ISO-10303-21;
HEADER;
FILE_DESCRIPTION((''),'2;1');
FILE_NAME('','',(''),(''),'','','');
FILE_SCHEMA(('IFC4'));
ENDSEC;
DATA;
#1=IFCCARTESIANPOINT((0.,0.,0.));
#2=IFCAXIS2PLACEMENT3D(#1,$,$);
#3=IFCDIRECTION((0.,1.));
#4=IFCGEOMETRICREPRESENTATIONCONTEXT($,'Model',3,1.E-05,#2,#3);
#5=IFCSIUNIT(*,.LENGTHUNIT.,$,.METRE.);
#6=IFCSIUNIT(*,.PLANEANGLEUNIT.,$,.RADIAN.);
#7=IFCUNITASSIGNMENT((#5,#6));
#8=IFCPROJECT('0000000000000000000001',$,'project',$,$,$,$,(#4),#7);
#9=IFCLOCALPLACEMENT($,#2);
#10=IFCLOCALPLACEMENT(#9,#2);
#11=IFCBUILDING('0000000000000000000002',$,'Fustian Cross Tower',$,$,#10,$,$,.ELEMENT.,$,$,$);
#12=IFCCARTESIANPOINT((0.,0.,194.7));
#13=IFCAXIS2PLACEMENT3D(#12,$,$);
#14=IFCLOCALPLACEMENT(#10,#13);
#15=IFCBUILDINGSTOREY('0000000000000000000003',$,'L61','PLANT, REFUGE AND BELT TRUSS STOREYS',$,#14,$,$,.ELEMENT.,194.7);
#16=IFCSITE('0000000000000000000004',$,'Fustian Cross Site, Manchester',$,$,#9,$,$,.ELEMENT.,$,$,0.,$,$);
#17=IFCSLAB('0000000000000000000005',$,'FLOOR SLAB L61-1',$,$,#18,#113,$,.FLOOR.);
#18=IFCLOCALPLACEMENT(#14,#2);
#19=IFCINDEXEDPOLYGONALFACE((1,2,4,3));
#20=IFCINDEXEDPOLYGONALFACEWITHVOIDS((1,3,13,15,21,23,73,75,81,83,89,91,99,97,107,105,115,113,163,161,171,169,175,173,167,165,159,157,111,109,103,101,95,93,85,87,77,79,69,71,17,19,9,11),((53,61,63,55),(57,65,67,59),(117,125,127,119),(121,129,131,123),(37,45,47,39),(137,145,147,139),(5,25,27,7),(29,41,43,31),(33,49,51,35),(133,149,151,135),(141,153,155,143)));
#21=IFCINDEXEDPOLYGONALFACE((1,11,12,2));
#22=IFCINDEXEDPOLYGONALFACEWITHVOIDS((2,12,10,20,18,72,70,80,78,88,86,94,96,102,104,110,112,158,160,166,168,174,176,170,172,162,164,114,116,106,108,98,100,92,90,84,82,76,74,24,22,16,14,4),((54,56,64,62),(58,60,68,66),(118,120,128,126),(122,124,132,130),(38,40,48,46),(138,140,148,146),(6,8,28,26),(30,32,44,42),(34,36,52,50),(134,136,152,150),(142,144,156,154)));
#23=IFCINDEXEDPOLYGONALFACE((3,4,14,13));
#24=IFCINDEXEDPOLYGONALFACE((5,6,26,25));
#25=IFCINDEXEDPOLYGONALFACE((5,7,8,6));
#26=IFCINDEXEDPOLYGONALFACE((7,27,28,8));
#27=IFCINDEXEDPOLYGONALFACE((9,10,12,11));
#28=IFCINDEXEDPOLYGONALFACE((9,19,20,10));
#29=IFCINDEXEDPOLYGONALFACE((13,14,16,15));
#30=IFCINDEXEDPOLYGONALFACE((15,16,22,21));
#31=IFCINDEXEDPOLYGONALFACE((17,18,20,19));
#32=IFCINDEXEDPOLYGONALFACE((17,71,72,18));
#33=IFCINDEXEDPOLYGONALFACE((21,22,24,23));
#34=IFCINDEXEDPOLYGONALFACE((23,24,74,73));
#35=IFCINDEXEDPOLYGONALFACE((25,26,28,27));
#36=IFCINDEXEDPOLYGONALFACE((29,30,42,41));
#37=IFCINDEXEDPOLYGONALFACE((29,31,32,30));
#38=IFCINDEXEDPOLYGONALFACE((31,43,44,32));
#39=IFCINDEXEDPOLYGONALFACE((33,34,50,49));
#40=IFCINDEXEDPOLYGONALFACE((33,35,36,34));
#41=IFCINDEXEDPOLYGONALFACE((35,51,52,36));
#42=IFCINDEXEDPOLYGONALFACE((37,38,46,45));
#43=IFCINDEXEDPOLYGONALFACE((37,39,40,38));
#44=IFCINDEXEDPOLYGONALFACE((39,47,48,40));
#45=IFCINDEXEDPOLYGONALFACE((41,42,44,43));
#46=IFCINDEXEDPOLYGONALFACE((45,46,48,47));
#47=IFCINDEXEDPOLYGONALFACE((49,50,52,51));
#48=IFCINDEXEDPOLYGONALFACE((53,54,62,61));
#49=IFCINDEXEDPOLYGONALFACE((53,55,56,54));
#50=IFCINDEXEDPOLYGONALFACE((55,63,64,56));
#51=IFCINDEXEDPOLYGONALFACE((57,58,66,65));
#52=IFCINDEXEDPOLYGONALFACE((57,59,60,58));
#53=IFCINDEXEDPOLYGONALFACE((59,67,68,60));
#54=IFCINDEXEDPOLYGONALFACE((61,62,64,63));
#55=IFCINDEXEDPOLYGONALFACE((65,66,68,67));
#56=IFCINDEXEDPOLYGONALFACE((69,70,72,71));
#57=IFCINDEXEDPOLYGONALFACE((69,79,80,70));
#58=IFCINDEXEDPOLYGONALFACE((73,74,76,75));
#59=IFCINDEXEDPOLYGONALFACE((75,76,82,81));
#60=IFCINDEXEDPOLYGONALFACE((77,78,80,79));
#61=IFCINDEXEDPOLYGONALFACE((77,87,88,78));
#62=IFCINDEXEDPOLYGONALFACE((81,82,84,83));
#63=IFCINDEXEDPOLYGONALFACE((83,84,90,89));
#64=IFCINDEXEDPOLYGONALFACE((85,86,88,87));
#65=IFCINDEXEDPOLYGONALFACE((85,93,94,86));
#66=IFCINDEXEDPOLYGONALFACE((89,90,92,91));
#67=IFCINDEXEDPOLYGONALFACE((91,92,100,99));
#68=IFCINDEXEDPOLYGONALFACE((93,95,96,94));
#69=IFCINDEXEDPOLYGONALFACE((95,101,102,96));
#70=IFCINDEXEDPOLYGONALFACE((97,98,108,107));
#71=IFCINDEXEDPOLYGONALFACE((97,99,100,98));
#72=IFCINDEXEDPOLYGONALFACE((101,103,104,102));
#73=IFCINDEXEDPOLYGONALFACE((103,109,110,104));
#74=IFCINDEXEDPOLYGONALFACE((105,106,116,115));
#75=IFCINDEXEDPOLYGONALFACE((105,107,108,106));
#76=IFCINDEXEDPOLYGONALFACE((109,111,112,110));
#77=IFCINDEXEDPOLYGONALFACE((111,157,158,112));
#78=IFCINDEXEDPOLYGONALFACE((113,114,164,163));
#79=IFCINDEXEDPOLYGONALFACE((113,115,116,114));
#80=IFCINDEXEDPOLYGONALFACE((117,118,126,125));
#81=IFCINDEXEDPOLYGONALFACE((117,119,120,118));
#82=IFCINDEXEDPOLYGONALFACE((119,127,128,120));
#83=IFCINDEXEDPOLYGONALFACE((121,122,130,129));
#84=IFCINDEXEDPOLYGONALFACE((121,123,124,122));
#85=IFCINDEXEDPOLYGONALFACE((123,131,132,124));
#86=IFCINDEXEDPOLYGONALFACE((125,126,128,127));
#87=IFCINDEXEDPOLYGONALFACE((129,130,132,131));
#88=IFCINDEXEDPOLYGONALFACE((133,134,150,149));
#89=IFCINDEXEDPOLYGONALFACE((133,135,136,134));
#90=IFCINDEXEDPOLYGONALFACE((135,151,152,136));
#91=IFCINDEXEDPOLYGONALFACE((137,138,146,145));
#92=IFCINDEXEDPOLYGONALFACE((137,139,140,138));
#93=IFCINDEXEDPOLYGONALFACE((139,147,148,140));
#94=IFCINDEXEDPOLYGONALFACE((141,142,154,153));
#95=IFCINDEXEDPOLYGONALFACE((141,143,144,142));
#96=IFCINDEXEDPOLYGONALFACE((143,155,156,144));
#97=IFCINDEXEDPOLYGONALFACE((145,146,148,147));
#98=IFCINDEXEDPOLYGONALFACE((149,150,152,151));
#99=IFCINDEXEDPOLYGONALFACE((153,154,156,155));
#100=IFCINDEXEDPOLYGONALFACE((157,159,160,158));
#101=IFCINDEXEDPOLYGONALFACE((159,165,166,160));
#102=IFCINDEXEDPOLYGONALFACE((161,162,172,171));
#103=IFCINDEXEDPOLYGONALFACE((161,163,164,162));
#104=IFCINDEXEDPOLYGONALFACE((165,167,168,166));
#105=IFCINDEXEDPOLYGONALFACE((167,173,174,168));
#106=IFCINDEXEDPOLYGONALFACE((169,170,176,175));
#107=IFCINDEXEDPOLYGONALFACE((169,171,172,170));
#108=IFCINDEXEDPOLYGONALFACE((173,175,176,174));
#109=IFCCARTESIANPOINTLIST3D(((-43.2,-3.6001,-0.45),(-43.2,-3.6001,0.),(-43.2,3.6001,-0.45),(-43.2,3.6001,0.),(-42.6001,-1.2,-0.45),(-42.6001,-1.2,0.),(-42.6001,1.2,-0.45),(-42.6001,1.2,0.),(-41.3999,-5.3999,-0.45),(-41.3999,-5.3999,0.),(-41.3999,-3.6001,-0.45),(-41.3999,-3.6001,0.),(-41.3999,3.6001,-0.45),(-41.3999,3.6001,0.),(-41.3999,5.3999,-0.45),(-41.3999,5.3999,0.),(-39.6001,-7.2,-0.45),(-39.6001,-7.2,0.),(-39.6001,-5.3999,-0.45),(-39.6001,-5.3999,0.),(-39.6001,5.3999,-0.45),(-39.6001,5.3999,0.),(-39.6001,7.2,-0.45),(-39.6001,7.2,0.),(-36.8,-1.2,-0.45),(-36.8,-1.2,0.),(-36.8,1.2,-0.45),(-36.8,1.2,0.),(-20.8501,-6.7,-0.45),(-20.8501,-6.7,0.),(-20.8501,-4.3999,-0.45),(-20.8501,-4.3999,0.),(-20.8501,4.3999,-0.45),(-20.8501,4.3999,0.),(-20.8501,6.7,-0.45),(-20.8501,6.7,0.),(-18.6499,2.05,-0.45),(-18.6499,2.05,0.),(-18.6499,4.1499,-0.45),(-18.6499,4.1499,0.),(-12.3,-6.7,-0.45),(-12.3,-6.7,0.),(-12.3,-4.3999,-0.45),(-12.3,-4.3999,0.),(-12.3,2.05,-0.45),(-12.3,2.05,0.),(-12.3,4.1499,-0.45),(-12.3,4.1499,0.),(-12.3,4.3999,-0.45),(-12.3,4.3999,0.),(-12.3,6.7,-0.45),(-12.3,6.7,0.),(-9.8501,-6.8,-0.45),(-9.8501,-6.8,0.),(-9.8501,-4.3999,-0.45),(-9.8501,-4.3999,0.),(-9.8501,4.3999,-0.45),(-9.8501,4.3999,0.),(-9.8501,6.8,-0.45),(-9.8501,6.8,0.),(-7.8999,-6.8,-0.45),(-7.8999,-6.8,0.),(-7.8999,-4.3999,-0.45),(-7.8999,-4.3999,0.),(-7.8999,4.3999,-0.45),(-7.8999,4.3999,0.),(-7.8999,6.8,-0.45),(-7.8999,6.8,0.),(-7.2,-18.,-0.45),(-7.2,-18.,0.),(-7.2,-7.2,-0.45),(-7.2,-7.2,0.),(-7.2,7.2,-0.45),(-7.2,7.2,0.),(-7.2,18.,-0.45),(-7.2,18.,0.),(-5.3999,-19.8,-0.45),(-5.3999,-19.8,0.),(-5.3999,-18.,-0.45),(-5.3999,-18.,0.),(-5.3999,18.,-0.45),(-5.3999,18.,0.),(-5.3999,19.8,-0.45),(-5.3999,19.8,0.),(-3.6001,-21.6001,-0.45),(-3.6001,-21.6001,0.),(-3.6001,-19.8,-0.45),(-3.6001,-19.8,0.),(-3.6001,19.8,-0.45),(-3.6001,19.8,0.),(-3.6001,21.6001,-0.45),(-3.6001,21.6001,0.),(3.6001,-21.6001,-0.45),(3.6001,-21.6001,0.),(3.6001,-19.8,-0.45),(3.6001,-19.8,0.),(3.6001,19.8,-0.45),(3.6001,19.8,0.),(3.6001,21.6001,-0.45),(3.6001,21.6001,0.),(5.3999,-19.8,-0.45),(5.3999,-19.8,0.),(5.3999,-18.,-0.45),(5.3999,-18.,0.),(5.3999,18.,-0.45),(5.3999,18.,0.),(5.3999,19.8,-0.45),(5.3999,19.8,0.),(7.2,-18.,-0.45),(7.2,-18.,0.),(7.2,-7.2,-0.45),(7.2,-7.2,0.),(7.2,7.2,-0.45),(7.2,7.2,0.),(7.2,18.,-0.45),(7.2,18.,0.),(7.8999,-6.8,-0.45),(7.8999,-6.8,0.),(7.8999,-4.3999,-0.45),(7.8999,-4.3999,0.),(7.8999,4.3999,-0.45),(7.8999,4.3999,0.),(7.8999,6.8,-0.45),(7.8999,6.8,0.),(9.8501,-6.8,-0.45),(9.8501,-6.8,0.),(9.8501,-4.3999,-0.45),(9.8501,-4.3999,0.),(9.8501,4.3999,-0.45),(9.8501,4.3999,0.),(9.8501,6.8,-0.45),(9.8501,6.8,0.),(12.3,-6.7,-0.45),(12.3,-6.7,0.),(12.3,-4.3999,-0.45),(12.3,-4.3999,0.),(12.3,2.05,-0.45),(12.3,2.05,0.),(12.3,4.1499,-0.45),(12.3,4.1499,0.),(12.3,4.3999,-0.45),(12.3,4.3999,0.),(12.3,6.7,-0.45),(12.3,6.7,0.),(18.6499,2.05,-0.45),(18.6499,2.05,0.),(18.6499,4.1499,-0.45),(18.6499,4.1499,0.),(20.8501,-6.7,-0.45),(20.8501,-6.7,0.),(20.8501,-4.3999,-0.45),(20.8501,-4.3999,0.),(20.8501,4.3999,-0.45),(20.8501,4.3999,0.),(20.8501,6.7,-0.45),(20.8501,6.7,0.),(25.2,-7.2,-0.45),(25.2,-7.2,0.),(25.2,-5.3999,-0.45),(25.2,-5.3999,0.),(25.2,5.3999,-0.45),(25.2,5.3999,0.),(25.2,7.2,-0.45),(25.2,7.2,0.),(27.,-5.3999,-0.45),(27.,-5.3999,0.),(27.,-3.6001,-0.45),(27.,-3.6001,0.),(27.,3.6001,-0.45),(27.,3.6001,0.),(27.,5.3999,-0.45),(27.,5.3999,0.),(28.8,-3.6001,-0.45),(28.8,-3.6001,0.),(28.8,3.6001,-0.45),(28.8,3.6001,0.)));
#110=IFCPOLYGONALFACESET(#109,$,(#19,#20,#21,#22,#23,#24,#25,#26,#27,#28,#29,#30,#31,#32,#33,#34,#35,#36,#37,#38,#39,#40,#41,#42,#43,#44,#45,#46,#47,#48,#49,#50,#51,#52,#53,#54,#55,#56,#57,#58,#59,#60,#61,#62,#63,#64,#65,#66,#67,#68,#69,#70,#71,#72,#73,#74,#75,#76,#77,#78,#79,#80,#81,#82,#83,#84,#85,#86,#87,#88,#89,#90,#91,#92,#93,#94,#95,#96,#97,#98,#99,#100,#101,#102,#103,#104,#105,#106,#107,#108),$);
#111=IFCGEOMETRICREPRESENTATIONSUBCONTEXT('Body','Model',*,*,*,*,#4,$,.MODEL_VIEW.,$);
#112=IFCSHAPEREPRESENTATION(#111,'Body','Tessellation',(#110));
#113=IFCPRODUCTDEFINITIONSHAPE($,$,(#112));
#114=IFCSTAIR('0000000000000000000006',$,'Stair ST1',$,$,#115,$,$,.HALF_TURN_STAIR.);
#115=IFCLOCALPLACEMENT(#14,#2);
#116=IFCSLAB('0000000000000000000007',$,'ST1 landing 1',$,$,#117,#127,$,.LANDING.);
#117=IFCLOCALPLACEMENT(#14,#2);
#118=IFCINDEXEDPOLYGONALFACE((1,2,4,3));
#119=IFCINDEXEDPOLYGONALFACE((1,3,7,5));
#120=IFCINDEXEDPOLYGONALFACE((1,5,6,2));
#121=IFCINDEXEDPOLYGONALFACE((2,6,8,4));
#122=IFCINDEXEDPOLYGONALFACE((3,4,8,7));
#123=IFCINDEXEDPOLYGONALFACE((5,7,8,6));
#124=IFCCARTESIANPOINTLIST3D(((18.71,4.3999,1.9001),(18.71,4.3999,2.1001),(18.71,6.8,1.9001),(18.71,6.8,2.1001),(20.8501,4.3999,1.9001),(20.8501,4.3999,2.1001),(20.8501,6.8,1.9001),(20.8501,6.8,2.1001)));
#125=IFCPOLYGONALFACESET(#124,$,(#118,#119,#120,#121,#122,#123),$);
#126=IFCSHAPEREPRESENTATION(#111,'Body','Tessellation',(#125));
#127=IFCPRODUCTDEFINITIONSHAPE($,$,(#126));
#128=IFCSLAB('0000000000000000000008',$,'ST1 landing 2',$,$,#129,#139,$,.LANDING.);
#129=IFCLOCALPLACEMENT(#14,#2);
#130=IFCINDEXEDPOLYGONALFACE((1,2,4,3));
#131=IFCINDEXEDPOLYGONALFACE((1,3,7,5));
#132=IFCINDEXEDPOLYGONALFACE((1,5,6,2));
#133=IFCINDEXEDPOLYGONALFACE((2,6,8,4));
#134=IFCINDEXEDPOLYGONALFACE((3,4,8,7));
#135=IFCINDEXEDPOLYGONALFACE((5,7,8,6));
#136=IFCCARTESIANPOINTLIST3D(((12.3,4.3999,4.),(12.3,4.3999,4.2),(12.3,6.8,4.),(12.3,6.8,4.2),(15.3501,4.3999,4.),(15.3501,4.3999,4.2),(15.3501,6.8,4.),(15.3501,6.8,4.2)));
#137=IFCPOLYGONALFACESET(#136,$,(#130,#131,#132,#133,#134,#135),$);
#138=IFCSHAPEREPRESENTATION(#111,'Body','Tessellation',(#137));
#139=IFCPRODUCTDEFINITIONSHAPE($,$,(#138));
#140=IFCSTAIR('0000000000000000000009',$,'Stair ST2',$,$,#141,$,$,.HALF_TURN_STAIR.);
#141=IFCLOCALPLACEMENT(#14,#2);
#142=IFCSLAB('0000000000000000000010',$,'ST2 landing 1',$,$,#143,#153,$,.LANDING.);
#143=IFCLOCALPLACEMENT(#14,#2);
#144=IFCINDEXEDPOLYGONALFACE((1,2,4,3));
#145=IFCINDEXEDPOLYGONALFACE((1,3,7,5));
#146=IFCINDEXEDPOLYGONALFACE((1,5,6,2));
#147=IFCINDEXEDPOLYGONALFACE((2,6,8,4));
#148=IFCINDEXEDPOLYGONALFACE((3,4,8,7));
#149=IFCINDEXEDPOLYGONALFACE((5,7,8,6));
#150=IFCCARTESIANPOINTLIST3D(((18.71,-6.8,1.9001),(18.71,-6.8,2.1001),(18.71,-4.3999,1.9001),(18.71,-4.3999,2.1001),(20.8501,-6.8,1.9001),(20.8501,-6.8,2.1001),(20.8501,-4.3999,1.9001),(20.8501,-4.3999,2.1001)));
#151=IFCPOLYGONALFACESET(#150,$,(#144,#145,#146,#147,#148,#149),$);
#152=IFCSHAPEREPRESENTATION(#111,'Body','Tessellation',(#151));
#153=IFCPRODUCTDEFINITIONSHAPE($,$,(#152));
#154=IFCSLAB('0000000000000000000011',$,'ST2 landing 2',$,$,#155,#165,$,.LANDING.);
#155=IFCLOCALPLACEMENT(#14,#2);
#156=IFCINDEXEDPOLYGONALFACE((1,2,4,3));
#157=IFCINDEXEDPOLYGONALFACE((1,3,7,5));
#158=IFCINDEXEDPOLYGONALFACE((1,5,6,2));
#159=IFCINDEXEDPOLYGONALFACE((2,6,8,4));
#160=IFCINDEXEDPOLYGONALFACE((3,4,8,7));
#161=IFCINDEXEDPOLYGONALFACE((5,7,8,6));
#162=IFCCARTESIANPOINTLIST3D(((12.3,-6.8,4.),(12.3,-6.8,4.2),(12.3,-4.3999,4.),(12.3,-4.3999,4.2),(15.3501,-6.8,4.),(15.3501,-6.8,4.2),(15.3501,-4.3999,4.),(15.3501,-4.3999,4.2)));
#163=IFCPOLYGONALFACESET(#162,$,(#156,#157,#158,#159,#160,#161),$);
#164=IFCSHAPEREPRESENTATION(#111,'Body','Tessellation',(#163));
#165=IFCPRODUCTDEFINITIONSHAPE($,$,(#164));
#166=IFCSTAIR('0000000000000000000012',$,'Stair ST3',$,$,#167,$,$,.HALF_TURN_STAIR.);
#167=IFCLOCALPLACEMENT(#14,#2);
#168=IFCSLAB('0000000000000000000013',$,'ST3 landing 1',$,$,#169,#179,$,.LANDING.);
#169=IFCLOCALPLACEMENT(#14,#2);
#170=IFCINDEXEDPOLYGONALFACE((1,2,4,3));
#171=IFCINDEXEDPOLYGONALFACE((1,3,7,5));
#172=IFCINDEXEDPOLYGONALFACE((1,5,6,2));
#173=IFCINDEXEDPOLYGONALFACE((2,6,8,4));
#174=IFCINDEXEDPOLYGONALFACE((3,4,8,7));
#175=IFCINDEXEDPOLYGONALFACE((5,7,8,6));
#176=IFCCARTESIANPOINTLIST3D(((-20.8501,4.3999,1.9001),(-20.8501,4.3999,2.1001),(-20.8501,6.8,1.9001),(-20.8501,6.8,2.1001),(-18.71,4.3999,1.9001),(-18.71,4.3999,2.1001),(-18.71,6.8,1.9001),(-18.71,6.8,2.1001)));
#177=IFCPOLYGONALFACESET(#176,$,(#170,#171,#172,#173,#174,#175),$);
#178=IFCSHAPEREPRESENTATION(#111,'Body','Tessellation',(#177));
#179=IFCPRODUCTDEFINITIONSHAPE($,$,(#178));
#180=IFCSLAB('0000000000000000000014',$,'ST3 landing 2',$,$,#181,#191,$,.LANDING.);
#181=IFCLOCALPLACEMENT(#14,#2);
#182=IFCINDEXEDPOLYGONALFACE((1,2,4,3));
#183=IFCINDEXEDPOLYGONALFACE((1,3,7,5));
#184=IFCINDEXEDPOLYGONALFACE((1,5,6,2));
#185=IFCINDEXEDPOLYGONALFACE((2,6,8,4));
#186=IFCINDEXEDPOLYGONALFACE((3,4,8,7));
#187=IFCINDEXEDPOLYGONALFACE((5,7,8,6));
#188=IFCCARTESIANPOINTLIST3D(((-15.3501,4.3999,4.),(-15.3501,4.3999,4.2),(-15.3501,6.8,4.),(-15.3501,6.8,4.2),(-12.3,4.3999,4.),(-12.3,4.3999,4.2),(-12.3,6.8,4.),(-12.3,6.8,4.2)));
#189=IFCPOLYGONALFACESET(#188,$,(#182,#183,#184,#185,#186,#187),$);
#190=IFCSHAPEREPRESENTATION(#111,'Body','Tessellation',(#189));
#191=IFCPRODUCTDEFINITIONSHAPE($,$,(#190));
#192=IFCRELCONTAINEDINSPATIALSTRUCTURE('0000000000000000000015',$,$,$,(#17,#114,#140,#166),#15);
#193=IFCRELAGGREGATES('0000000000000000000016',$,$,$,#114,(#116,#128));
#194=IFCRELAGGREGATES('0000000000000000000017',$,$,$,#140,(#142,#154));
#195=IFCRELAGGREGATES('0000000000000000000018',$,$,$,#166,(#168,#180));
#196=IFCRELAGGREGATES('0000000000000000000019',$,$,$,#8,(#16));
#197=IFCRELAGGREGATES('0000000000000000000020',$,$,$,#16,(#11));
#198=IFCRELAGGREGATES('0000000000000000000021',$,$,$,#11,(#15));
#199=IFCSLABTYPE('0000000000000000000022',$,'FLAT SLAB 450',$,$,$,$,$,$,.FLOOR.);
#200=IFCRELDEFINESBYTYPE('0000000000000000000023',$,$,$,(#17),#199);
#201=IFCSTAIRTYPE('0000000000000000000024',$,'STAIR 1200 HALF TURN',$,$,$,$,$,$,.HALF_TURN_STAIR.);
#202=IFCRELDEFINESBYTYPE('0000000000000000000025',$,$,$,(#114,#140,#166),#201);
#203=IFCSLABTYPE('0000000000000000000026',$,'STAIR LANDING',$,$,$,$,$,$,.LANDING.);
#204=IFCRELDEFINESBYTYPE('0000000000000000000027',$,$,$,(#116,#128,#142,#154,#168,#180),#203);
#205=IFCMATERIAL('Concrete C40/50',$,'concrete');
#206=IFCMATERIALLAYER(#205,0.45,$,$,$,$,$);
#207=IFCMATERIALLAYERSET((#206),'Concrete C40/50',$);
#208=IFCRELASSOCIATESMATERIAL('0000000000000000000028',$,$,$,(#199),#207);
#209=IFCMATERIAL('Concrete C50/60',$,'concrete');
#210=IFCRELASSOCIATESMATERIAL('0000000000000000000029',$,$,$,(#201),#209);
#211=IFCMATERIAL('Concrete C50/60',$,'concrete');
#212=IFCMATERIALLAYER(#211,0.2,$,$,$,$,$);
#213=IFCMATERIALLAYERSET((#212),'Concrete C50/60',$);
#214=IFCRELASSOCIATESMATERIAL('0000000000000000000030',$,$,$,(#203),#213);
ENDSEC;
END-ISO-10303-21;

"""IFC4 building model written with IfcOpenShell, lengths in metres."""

from ifc_helpers import new_model, si_unit, direction, frame, origin, place, context, subcontext, project, spatial, polyline, outline, extrude, material, layer, layer_set, type_object, element, aggregate, save


model = new_model("IFC4")

# Units and contexts
model_context = context("Model", 3, precision=1e-05, world=origin(), true_north=direction((0.0, 1.0)))
body_context = subcontext(model_context, "Body", "Model", "MODEL_VIEW")
ifc_project = project(units=[si_unit("LENGTHUNIT", "METRE"), si_unit("PLANEANGLEUNIT", "RADIAN")], contexts=[model_context])

# Site, building, storey
site_placement = place(None, origin())
site = spatial("IfcSite", under=ifc_project, at=site_placement, Name="Fustian Cross Site, Manchester", CompositionType="ELEMENT", RefElevation=0.0)
building_placement = place(site_placement, origin())
building = spatial("IfcBuilding", under=site, at=building_placement, Name="Fustian Cross Tower", CompositionType="ELEMENT")
storey_placement = place(building_placement, frame((0.0, 0.0, 194.7)))
storey = spatial("IfcBuildingStorey", under=building, at=storey_placement, Name="L61", Description="PLANT, REFUGE AND BELT TRUSS STOREYS", CompositionType="ELEMENT", Elevation=194.7)

# Slab
ifc_material_1 = material(Name="Concrete C40/50", Category="concrete")
ifc_layer_1 = layer(ifc_material_1, 0.45)
ifc_layer_set_1 = layer_set([ifc_layer_1], Name="Concrete C40/50")
slab_type_1 = type_object("IfcSlabType", Name="FLAT SLAB 450", PredefinedType="FLOOR", material=ifc_layer_set_1)
slab_1_placement = place(storey_placement, frame((0.0, 0.0, -0.45)))
element("IfcSlab", 1, at=slab_1_placement, inside=storey, type_object=slab_type_1, Name="FLOOR SLAB L61-1", PredefinedType="FLOOR", context=body_context, shape_type="SweptSolid", body=[
    extrude(outline(polyline([(-7.2, -7.2), (-39.6001, -7.2), (-39.6001, -5.3999), (-41.3999, -5.3999), (-41.3999, -3.6001), (-43.2, -3.6001), (-43.2, 3.6001), (-41.3999, 3.6001), (-41.3999, 5.3999), (-39.6001, 5.3999), (-39.6001, 7.2), (-7.2, 7.2), (-7.2, 18.0), (-5.3999, 18.0), (-5.3999, 19.8), (-3.6001, 19.8), (-3.6001, 21.6001), (3.6001, 21.6001), (3.6001, 19.8), (5.3999, 19.8), (5.3999, 18.0), (7.2, 18.0), (7.2, 7.2), (25.2, 7.2), (25.2, 5.3999), (27.0, 5.3999), (27.0, 3.6001), (28.8, 3.6001), (28.8, -3.6001), (27.0, -3.6001), (27.0, -5.3999), (25.2, -5.3999), (25.2, -7.2), (7.2, -7.2), (7.2, -18.0), (5.3999, -18.0), (5.3999, -19.8), (3.6001, -19.8), (3.6001, -21.6001), (-3.6001, -21.6001), (-3.6001, -19.8), (-5.3999, -19.8), (-5.3999, -18.0), (-7.2, -18.0), (-7.2, -7.2)]), holes=[polyline([(7.8999, 4.3999), (9.8501, 4.3999), (9.8501, 6.8), (7.8999, 6.8), (7.8999, 4.3999)]), polyline([(7.8999, -4.3999), (7.8999, -6.8), (9.8501, -6.8), (9.8501, -4.3999), (7.8999, -4.3999)]), polyline([(-7.8999, 6.8), (-9.8501, 6.8), (-9.8501, 4.3999), (-7.8999, 4.3999), (-7.8999, 6.8)]), polyline([(-7.8999, -6.8), (-7.8999, -4.3999), (-9.8501, -4.3999), (-9.8501, -6.8), (-7.8999, -6.8)]), polyline([(12.3, 2.05), (18.6499, 2.05), (18.6499, 4.1499), (12.3, 4.1499), (12.3, 2.05)]), polyline([(-18.6499, 4.1499), (-18.6499, 2.05), (-12.3, 2.05), (-12.3, 4.1499), (-18.6499, 4.1499)]), polyline([(20.8501, 6.7), (12.3, 6.7), (12.3, 4.3999), (20.8501, 4.3999), (20.8501, 6.7)]), polyline([(20.8501, -6.7), (20.8501, -4.3999), (12.3, -4.3999), (12.3, -6.7), (20.8501, -6.7)]), polyline([(-20.8501, 4.3999), (-12.3, 4.3999), (-12.3, 6.7), (-20.8501, 6.7), (-20.8501, 4.3999)]), polyline([(-20.8501, -4.3999), (-20.8501, -6.7), (-12.3, -6.7), (-12.3, -4.3999), (-20.8501, -4.3999)]), polyline([(-36.8, 1.2), (-42.6001, 1.2), (-42.6001, -1.2), (-36.8, -1.2), (-36.8, 1.2)])]), origin(), (0.0, 0.0, 1.0), 0.45),
])

# Stairs, slabs
ifc_material_2 = material(Name="Concrete C50/60", Category="concrete")
stair_type = type_object("IfcStairType", Name="STAIR 1200 HALF TURN", PredefinedType="HALF_TURN_STAIR", material=ifc_material_2)
stair_1_placement = place(storey_placement, origin())
stair_1 = element("IfcStair", 2, at=stair_1_placement, inside=storey, type_object=stair_type, Name="Stair ST1", PredefinedType="HALF_TURN_STAIR")
ifc_material_3 = material(Name="Concrete C50/60", Category="concrete")
ifc_layer_2 = layer(ifc_material_3, 0.2)
ifc_layer_set_2 = layer_set([ifc_layer_2], Name="Concrete C50/60")
slab_type_2 = type_object("IfcSlabType", Name="STAIR LANDING", PredefinedType="LANDING", material=ifc_layer_set_2)
slab_2_placement = place(storey_placement, frame((0.0, 0.0, 1.9001)))
slab_2 = element("IfcSlab", 3, at=slab_2_placement, type_object=slab_type_2, Name="ST1 landing 1", PredefinedType="LANDING", context=body_context, shape_type="SweptSolid", body=[
    extrude(outline(polyline([(18.71, 4.3999), (20.8501, 4.3999), (20.8501, 6.8), (18.71, 6.8), (18.71, 4.3999)])), origin(), (0.0, 0.0, 1.0), 0.2),
])
slab_3_placement = place(storey_placement, frame((0.0, 0.0, 4.0)))
slab_3 = element("IfcSlab", 4, at=slab_3_placement, type_object=slab_type_2, Name="ST1 landing 2", PredefinedType="LANDING", context=body_context, shape_type="SweptSolid", body=[
    extrude(outline(polyline([(12.3, 4.3999), (15.3501, 4.3999), (15.3501, 6.8), (12.3, 6.8), (12.3, 4.3999)])), origin(), (0.0, 0.0, 1.0), 0.2),
])
aggregate(stair_1, [slab_2, slab_3])
stair_2_placement = place(storey_placement, origin())
stair_2 = element("IfcStair", 5, at=stair_2_placement, inside=storey, type_object=stair_type, Name="Stair ST2", PredefinedType="HALF_TURN_STAIR")
slab_4_placement = place(storey_placement, frame((0.0, 0.0, 1.9001)))
slab_4 = element("IfcSlab", 6, at=slab_4_placement, type_object=slab_type_2, Name="ST2 landing 1", PredefinedType="LANDING", context=body_context, shape_type="SweptSolid", body=[
    extrude(outline(polyline([(18.71, -4.3999), (20.8501, -4.3999), (20.8501, -6.8), (18.71, -6.8), (18.71, -4.3999)])), origin(), (0.0, 0.0, 1.0), 0.2),
])
slab_5_placement = place(storey_placement, frame((0.0, 0.0, 4.0)))
slab_5 = element("IfcSlab", 7, at=slab_5_placement, type_object=slab_type_2, Name="ST2 landing 2", PredefinedType="LANDING", context=body_context, shape_type="SweptSolid", body=[
    extrude(outline(polyline([(12.3, -4.3999), (15.3501, -4.3999), (15.3501, -6.8), (12.3, -6.8), (12.3, -4.3999)])), origin(), (0.0, 0.0, 1.0), 0.2),
])
aggregate(stair_2, [slab_4, slab_5])
stair_3_placement = place(storey_placement, origin())
stair_3 = element("IfcStair", 8, at=stair_3_placement, inside=storey, type_object=stair_type, Name="Stair ST3", PredefinedType="HALF_TURN_STAIR")
slab_6_placement = place(storey_placement, frame((0.0, 0.0, 1.9001)))
slab_6 = element("IfcSlab", 9, at=slab_6_placement, type_object=slab_type_2, Name="ST3 landing 1", PredefinedType="LANDING", context=body_context, shape_type="SweptSolid", body=[
    extrude(outline(polyline([(-18.71, 4.3999), (-20.8501, 4.3999), (-20.8501, 6.8), (-18.71, 6.8), (-18.71, 4.3999)])), origin(), (0.0, 0.0, 1.0), 0.2),
])
slab_7_placement = place(storey_placement, frame((0.0, 0.0, 4.0)))
slab_7 = element("IfcSlab", 10, at=slab_7_placement, type_object=slab_type_2, Name="ST3 landing 2", PredefinedType="LANDING", context=body_context, shape_type="SweptSolid", body=[
    extrude(outline(polyline([(-12.3, 4.3999), (-15.3501, 4.3999), (-15.3501, 6.8), (-12.3, 6.8), (-12.3, 4.3999)])), origin(), (0.0, 0.0, 1.0), 0.2),
])
aggregate(stair_3, [slab_6, slab_7])

save(model, "model.ifc")
